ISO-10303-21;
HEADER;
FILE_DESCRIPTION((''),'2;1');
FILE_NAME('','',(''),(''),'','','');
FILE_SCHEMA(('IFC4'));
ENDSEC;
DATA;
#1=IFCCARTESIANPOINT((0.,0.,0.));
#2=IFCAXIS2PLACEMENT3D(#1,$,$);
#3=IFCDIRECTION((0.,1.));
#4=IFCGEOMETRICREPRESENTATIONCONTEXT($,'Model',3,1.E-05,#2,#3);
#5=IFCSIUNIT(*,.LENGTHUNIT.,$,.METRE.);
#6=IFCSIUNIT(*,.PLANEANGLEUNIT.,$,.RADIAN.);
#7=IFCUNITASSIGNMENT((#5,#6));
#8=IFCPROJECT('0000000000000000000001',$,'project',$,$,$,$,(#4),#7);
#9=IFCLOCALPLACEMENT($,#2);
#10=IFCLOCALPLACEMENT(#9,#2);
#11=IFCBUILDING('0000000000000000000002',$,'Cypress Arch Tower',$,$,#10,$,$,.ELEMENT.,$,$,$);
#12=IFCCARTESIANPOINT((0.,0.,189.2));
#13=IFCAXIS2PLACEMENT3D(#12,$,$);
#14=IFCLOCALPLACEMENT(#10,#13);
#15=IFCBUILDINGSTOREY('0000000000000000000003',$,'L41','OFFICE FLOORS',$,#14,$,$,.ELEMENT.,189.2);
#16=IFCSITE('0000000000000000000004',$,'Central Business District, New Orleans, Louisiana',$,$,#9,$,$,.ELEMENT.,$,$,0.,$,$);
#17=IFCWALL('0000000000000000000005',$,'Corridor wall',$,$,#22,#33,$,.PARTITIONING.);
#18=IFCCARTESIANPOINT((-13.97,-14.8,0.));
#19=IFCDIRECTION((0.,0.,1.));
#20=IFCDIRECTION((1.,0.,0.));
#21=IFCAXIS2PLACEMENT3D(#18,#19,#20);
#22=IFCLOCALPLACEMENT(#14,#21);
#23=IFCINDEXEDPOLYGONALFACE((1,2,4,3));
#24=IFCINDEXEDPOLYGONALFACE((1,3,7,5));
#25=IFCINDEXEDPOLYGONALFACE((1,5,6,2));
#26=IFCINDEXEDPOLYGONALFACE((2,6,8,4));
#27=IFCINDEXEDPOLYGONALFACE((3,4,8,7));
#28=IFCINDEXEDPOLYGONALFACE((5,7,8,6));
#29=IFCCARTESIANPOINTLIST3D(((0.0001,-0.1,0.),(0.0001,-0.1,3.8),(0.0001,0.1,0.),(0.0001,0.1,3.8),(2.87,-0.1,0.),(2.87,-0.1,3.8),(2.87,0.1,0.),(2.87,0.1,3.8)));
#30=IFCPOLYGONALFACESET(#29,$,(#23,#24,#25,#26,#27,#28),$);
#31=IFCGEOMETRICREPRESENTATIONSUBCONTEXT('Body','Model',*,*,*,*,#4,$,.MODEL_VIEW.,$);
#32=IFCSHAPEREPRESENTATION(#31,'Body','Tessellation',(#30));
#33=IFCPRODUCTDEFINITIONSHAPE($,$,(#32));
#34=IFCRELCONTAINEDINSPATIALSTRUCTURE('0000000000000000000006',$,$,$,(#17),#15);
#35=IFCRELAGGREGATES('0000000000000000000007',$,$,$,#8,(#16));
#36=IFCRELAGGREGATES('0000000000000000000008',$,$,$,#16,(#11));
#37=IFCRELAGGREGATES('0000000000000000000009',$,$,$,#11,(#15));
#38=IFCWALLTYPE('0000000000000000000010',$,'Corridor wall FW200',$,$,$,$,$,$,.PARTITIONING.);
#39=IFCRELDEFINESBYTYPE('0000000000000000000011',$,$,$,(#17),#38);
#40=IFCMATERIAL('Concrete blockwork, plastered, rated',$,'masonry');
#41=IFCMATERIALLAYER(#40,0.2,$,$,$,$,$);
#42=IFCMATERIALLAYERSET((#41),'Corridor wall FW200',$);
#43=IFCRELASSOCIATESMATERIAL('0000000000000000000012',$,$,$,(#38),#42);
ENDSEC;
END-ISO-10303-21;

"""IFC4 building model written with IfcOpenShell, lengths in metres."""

from ifc_helpers import new_model, si_unit, direction, frame, frame_2d, origin, place, context, subcontext, project, spatial, rectangle, extrude, material, layer, layer_set, type_object, element, save


model = new_model("IFC4")

# Units and contexts
model_context = context("Model", 3, precision=1e-05, world=origin(), true_north=direction((0.0, 1.0)))
body_context = subcontext(model_context, "Body", "Model", "MODEL_VIEW")
ifc_project = project(units=[si_unit("LENGTHUNIT", "METRE"), si_unit("PLANEANGLEUNIT", "RADIAN")], contexts=[model_context])

# Site, building, storey
site_placement = place(None, origin())
site = spatial("IfcSite", under=ifc_project, at=site_placement, Name="Central Business District, New Orleans, Louisiana", CompositionType="ELEMENT", RefElevation=0.0)
building_placement = place(site_placement, origin())
building = spatial("IfcBuilding", under=site, at=building_placement, Name="Cypress Arch Tower", CompositionType="ELEMENT")
storey_placement = place(building_placement, frame((0.0, 0.0, 189.2)))
storey = spatial("IfcBuildingStorey", under=building, at=storey_placement, Name="L41", Description="OFFICE FLOORS", CompositionType="ELEMENT", Elevation=189.2)

# Wall
ifc_material_1 = material(Name="Concrete blockwork, plastered, rated", Category="masonry")
ifc_layer_1 = layer(ifc_material_1, 0.2)
ifc_layer_set_1 = layer_set([ifc_layer_1], Name="Corridor wall FW200")
wall_type_1 = type_object("IfcWallType", Name="Corridor wall FW200", PredefinedType="PARTITIONING", material=ifc_layer_set_1)
wall_1_placement = place(storey_placement, frame((-13.97, -14.8, 0.0), z_axis=(0.0, 0.0, 1.0), x_axis=(1.0, 0.0, 0.0)))
element("IfcWall", 1, at=wall_1_placement, inside=storey, type_object=wall_type_1, Name="Corridor wall", PredefinedType="PARTITIONING", context=body_context, shape_type="SweptSolid", body=[
    extrude(rectangle(XDim=2.8699, YDim=0.2, at=frame_2d((1.4351, 0.0))), origin(), (0.0, 0.0, 1.0), 3.8),
])

save(model, "model.ifc")
